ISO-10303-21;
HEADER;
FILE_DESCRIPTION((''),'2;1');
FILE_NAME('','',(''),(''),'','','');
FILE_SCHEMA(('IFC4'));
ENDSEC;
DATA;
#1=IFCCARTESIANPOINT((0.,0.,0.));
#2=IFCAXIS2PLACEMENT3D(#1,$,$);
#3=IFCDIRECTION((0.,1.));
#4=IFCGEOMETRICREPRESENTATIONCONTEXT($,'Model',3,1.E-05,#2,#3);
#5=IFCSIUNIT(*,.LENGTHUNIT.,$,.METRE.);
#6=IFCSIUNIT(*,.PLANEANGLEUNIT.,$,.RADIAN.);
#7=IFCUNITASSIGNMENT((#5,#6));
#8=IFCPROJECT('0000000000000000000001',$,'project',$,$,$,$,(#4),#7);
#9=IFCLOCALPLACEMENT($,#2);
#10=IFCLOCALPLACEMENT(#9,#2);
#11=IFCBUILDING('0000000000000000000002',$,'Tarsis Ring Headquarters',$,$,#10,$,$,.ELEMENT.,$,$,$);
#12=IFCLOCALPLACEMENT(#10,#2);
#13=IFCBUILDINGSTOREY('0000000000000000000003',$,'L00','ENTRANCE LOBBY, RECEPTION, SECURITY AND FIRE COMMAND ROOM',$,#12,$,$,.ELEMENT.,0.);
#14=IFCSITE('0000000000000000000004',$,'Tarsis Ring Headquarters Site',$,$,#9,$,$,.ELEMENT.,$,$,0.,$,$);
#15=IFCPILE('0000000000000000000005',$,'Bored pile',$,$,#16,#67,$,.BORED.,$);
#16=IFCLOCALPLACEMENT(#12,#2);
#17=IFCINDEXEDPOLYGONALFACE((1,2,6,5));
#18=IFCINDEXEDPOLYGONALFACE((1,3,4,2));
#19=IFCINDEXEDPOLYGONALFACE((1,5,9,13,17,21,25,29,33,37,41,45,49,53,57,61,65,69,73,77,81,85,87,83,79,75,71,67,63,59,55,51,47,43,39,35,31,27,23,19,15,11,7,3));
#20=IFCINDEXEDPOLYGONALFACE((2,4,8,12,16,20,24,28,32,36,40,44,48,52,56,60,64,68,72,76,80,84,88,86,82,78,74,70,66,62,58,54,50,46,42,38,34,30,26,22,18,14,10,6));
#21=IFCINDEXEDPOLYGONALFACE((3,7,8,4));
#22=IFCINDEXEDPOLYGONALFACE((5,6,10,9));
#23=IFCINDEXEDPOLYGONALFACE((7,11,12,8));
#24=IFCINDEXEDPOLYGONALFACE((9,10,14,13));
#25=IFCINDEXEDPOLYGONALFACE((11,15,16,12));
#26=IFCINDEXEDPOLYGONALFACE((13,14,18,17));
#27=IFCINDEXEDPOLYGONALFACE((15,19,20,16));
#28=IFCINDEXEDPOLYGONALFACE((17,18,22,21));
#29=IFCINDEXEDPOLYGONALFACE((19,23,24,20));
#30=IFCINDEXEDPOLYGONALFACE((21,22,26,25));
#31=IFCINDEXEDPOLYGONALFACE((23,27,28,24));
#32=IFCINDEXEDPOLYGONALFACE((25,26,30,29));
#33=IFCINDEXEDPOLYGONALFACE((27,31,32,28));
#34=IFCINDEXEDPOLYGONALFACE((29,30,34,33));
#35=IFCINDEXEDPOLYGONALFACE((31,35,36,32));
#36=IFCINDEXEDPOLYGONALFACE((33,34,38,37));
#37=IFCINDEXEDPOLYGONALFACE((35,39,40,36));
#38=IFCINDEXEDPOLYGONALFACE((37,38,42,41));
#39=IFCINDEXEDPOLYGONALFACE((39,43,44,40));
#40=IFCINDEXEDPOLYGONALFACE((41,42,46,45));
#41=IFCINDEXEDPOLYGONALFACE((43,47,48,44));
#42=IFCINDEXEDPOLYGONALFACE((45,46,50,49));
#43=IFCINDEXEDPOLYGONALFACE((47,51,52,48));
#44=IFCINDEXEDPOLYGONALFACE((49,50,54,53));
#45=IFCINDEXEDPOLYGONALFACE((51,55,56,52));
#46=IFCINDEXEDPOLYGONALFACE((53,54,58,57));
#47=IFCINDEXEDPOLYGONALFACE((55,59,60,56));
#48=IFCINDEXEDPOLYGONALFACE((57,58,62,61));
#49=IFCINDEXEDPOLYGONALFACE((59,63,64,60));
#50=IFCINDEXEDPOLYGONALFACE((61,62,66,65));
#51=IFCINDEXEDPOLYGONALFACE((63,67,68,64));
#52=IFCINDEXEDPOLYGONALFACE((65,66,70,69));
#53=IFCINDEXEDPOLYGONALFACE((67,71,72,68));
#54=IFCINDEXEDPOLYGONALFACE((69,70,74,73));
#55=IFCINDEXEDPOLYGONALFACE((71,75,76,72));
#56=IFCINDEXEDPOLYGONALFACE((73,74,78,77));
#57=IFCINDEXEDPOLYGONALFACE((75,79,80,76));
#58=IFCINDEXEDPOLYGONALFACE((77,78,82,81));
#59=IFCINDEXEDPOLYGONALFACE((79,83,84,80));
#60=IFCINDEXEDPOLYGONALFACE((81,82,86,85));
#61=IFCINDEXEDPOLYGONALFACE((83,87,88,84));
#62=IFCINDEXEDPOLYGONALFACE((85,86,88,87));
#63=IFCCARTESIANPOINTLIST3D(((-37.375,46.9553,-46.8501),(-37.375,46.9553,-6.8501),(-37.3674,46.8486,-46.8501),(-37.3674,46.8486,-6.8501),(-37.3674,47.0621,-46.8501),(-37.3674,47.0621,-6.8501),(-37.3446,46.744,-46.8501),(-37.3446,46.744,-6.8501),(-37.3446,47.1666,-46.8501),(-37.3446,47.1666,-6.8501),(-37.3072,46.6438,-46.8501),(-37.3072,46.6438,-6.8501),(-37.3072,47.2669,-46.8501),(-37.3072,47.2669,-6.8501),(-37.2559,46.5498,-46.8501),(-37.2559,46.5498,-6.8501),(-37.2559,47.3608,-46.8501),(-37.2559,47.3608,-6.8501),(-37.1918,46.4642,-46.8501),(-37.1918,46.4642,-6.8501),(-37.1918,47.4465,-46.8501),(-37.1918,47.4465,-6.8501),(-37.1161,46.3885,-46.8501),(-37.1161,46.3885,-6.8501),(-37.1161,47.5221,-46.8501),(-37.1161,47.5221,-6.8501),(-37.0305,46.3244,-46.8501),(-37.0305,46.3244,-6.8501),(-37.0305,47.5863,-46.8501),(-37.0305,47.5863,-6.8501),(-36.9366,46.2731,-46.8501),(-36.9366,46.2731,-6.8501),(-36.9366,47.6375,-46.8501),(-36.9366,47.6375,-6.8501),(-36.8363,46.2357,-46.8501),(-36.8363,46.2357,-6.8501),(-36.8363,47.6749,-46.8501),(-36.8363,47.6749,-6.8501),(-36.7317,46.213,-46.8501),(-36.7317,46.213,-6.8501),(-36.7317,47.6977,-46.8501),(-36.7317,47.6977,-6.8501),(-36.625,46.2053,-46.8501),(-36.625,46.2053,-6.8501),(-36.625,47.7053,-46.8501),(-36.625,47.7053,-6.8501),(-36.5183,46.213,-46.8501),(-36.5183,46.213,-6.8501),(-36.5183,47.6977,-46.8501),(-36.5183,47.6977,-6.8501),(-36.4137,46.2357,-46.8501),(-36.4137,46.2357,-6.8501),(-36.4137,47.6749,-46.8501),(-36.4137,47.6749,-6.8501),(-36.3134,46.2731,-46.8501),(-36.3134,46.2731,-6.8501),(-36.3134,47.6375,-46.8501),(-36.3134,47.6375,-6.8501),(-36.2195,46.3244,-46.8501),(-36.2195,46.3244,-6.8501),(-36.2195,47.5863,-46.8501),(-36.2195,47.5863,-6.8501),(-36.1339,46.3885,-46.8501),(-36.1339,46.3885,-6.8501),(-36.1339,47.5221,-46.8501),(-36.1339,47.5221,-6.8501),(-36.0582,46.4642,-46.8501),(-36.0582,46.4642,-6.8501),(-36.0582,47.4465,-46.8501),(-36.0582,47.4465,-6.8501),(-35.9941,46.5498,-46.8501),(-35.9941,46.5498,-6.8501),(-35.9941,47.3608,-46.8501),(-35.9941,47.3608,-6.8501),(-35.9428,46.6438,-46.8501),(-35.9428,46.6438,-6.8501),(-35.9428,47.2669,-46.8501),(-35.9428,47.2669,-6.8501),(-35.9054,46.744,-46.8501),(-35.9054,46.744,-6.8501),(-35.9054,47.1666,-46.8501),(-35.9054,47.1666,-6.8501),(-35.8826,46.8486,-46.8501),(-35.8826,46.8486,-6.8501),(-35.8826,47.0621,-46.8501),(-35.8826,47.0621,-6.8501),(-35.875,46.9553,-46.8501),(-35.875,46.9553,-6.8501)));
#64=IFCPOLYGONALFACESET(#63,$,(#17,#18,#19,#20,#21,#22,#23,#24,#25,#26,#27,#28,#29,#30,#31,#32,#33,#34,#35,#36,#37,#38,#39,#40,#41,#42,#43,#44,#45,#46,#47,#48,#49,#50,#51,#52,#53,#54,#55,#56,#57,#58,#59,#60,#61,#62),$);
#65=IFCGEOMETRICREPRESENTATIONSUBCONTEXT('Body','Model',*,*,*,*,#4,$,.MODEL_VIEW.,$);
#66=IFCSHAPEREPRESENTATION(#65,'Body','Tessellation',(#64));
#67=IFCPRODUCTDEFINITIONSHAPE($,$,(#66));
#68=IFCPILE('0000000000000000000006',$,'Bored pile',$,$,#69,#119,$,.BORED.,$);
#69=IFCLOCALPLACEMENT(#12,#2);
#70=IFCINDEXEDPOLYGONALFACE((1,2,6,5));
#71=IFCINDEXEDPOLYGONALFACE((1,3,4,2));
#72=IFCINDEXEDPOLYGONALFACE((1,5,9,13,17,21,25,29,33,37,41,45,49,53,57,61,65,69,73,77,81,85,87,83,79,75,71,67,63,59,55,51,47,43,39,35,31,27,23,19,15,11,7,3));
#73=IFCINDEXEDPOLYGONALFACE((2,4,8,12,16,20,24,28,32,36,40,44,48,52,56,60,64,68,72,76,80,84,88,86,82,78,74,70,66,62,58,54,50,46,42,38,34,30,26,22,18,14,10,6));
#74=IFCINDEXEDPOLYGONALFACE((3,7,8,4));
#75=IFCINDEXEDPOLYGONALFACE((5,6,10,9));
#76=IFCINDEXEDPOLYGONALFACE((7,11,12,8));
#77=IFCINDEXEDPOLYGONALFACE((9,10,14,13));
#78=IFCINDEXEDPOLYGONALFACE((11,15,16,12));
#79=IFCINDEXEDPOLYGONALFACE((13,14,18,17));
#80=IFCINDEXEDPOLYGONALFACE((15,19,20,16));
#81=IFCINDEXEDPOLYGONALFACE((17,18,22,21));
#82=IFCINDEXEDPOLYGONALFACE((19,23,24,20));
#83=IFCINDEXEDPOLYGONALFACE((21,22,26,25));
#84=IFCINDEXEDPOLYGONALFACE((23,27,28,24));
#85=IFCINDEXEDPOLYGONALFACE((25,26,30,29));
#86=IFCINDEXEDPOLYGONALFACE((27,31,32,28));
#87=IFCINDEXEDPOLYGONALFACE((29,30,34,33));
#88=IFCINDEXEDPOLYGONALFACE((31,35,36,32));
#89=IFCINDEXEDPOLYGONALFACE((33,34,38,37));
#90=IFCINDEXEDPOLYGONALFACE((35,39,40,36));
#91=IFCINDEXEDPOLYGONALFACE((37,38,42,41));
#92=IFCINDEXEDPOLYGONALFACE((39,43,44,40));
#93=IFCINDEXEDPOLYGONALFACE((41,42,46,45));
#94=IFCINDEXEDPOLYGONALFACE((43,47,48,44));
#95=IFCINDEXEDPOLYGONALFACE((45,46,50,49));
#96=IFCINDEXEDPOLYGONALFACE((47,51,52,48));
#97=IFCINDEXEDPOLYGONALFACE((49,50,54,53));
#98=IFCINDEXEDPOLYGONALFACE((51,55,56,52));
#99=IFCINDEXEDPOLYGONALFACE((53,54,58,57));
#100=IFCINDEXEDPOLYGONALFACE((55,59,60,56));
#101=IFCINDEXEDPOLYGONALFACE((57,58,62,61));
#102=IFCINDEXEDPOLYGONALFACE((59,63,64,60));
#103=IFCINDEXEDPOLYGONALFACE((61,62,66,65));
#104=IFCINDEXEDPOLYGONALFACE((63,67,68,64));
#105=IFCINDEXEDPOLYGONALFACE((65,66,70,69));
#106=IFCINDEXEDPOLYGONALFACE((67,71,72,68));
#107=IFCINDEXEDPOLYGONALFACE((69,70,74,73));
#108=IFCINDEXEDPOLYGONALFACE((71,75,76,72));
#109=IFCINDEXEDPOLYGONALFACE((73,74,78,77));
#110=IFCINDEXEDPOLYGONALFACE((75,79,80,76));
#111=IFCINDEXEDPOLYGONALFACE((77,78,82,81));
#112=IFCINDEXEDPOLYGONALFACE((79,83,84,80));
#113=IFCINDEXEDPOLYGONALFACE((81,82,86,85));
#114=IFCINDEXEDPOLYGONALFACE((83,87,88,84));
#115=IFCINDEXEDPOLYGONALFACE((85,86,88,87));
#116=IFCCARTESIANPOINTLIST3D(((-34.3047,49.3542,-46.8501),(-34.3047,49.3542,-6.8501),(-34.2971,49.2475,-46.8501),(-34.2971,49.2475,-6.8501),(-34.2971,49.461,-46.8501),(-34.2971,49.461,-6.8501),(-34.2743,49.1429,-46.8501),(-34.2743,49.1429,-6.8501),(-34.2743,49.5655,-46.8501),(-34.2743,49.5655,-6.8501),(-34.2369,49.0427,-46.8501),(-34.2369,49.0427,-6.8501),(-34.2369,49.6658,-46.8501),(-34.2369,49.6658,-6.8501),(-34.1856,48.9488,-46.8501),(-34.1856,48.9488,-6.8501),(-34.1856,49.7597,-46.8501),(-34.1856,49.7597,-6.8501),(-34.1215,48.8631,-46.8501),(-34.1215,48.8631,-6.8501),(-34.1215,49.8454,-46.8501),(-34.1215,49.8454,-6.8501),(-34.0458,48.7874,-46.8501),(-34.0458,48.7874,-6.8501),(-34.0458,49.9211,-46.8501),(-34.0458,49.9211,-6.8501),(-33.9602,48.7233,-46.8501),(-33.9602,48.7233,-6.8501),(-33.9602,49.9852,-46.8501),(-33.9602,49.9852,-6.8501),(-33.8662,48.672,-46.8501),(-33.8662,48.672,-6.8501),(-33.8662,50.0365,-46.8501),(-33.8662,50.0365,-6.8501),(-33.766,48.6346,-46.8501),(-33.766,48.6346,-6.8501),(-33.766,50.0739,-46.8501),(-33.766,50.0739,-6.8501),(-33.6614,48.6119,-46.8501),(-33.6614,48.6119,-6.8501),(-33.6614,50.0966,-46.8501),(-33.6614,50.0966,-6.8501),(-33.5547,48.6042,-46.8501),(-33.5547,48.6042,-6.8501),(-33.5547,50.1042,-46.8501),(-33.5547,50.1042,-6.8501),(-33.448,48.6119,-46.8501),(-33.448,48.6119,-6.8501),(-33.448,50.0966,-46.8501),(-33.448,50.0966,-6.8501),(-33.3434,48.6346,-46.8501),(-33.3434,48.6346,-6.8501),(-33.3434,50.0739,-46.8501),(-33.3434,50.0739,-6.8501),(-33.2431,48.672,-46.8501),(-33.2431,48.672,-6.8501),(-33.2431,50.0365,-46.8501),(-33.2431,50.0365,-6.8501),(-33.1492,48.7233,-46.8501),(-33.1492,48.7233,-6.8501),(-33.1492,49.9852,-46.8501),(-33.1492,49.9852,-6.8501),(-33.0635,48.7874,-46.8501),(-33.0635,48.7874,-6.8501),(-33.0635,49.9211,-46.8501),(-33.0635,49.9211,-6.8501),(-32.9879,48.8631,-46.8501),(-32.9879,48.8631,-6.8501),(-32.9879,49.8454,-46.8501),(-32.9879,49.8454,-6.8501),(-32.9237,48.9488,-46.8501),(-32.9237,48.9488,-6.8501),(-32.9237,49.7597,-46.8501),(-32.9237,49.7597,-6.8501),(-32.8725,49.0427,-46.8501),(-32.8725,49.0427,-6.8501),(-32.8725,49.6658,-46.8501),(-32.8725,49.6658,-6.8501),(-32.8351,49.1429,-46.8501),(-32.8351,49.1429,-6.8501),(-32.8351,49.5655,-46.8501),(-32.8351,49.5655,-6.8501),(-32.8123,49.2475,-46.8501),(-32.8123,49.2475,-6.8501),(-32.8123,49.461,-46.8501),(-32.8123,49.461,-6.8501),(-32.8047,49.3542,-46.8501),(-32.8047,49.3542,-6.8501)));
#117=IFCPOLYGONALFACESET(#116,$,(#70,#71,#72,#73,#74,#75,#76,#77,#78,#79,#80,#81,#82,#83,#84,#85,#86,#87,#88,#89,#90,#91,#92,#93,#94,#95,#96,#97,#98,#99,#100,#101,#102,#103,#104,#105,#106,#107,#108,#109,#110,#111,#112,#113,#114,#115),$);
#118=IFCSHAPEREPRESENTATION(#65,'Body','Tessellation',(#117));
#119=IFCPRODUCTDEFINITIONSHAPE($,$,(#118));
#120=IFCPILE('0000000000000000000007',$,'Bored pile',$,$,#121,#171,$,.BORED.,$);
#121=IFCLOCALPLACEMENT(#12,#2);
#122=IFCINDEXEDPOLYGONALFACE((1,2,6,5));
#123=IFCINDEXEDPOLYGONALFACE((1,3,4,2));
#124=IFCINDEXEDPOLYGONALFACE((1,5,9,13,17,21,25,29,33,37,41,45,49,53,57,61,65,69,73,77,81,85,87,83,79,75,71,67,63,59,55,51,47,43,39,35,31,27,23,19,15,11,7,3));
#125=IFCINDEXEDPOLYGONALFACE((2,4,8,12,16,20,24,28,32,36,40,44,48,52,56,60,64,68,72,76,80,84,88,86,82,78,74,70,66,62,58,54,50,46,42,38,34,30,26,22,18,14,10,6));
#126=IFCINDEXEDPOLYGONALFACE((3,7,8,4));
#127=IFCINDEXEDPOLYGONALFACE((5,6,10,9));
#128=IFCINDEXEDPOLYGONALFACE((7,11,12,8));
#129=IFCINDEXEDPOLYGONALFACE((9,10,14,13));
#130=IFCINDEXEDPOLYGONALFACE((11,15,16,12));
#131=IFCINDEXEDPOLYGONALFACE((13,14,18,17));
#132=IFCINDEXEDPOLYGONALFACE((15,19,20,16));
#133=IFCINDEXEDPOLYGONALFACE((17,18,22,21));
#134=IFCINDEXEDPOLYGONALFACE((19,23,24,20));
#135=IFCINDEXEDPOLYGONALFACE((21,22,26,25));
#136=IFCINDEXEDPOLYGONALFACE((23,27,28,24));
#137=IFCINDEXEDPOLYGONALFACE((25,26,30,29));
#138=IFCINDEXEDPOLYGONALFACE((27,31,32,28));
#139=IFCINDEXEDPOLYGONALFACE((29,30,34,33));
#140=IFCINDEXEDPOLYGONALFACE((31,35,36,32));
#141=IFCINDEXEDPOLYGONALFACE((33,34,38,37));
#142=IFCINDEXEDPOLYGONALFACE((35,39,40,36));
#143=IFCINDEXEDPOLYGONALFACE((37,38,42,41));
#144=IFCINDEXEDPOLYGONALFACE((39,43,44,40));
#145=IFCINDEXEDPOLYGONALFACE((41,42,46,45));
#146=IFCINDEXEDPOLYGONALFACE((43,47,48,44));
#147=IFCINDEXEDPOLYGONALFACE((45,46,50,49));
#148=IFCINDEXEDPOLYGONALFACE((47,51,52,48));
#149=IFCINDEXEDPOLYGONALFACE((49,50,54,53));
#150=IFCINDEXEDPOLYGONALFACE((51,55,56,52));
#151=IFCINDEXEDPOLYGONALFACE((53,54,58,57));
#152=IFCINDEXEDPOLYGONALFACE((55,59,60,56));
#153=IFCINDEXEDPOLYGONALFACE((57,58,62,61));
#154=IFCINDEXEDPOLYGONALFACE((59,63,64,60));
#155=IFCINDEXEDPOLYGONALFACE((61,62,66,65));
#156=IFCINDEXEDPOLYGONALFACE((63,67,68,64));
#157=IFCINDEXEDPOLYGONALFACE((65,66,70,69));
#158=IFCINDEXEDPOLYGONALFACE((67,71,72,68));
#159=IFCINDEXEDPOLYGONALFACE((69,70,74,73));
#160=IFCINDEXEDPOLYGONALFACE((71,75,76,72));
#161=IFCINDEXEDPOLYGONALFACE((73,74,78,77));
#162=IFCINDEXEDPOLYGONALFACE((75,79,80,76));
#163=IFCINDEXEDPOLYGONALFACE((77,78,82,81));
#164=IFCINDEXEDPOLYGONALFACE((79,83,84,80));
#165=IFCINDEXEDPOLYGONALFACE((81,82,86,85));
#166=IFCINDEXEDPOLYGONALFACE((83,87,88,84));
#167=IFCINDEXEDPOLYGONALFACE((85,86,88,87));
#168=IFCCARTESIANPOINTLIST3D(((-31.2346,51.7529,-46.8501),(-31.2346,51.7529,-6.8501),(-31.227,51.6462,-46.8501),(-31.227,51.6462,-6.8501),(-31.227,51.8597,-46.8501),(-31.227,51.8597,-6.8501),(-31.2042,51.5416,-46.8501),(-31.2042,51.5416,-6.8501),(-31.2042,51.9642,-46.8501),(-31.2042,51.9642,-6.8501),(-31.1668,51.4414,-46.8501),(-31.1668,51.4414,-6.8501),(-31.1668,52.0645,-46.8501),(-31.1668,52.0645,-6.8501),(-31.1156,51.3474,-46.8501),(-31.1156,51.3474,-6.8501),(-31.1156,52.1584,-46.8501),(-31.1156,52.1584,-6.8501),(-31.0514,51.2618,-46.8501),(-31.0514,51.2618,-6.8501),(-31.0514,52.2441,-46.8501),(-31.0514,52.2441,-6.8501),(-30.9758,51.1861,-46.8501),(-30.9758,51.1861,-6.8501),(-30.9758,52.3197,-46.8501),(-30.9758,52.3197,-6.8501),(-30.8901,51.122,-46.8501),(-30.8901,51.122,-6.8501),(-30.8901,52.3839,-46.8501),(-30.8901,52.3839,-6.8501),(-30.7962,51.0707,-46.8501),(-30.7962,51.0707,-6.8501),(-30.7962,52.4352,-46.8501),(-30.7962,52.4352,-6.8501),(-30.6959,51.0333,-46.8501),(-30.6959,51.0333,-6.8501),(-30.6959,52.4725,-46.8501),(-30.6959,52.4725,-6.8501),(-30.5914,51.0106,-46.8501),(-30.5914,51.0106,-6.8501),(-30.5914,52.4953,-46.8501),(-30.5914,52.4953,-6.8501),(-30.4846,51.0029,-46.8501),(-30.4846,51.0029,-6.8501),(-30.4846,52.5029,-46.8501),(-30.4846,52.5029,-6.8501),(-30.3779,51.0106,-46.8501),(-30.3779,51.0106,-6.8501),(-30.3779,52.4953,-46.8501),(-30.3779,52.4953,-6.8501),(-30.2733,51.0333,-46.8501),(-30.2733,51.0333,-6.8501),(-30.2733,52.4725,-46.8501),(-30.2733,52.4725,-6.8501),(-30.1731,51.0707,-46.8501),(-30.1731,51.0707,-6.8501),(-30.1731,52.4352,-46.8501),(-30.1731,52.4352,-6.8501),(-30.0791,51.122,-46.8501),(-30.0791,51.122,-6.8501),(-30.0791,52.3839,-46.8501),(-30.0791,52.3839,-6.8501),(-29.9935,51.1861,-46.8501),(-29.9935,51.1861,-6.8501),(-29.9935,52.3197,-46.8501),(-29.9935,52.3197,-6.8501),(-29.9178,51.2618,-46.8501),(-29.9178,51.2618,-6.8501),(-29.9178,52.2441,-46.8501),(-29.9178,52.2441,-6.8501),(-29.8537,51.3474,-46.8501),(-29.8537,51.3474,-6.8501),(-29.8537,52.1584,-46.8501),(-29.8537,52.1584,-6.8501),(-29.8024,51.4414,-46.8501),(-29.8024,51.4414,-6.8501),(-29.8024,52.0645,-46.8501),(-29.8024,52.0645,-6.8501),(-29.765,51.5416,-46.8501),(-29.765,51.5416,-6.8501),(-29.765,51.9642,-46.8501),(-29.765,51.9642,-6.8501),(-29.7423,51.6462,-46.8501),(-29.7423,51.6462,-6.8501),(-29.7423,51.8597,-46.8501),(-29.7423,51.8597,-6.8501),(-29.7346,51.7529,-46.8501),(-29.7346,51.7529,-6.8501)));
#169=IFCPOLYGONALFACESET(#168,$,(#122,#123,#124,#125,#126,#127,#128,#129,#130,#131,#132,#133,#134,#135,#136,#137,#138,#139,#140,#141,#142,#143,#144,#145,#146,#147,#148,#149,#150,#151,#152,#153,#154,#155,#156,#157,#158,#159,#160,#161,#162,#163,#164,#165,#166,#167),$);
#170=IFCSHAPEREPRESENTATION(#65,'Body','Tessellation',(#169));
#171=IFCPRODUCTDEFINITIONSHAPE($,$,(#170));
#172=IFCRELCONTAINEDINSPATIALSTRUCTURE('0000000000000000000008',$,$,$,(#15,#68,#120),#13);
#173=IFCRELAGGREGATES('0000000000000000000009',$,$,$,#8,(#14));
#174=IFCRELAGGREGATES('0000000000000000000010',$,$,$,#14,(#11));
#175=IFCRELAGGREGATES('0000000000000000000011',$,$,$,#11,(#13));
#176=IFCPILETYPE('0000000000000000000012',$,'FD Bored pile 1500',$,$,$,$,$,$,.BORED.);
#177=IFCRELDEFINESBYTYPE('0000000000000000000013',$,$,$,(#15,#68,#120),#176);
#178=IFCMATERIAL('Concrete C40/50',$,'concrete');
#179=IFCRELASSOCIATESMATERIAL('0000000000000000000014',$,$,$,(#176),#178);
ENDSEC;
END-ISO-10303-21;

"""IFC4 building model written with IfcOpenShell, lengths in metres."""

from ifc_helpers import new_model, si_unit, direction, frame, origin, origin_2d, place, context, subcontext, project, spatial, circle, extrude, material, material_profile, profile_set, type_object, element, save


model = new_model("IFC4")

# Units and contexts
model_context = context("Model", 3, precision=1e-05, world=origin(), true_north=direction((0.0, 1.0)))
body_context = subcontext(model_context, "Body", "Model", "MODEL_VIEW")
ifc_project = project(units=[si_unit("LENGTHUNIT", "METRE"), si_unit("PLANEANGLEUNIT", "RADIAN")], contexts=[model_context])

# Site, building, storey
site_placement = place(None, origin())
site = spatial("IfcSite", under=ifc_project, at=site_placement, Name="Tarsis Ring Headquarters Site", CompositionType="ELEMENT", RefElevation=0.0)
building_placement = place(site_placement, origin())
building = spatial("IfcBuilding", under=site, at=building_placement, Name="Tarsis Ring Headquarters", CompositionType="ELEMENT")
storey_placement = place(building_placement, origin())
storey = spatial("IfcBuildingStorey", under=building, at=storey_placement, Name="L00", Description="ENTRANCE LOBBY, RECEPTION, SECURITY AND FIRE COMMAND ROOM", CompositionType="ELEMENT", Elevation=0.0)

# Piles
ifc_material_1 = material(Name="Concrete C40/50", Category="concrete")
ifc_material_profile_1 = material_profile(ifc_material_1, circle(Radius=0.75, at=origin_2d()), Name="BORED 1500")
ifc_profile_set_1 = profile_set([ifc_material_profile_1], Name="Concrete C40/50")
pile_type_1 = type_object("IfcPileType", Name="FD Bored pile 1500", PredefinedType="BORED", material=ifc_profile_set_1)
for number, where, z_axis, x_axis, name in (
    (1, (-36.625, 46.9553, -6.8501), (0.0, 0.0, -1.0), (1.0, 0.0, 0.0), "Bored pile"),
    (2, (-33.5547, 49.3542, -6.8501), (0.0, 0.0, -1.0), (1.0, 0.0, 0.0), "Bored pile"),
    (3, (-30.4846, 51.7529, -6.8501), (0.0, 0.0, -1.0), (1.0, 0.0, 0.0), "Bored pile"),
):
    element("IfcPile", number, at=place(storey_placement, frame(where, z_axis=z_axis, x_axis=x_axis)), inside=storey, type_object=pile_type_1, Name=name, PredefinedType="BORED", context=body_context, shape_type="SweptSolid", body=[
        extrude(circle(Radius=0.75, at=origin_2d()), origin(), (0.0, 0.0, 1.0), 40.0),
    ])

save(model, "model.ifc")
